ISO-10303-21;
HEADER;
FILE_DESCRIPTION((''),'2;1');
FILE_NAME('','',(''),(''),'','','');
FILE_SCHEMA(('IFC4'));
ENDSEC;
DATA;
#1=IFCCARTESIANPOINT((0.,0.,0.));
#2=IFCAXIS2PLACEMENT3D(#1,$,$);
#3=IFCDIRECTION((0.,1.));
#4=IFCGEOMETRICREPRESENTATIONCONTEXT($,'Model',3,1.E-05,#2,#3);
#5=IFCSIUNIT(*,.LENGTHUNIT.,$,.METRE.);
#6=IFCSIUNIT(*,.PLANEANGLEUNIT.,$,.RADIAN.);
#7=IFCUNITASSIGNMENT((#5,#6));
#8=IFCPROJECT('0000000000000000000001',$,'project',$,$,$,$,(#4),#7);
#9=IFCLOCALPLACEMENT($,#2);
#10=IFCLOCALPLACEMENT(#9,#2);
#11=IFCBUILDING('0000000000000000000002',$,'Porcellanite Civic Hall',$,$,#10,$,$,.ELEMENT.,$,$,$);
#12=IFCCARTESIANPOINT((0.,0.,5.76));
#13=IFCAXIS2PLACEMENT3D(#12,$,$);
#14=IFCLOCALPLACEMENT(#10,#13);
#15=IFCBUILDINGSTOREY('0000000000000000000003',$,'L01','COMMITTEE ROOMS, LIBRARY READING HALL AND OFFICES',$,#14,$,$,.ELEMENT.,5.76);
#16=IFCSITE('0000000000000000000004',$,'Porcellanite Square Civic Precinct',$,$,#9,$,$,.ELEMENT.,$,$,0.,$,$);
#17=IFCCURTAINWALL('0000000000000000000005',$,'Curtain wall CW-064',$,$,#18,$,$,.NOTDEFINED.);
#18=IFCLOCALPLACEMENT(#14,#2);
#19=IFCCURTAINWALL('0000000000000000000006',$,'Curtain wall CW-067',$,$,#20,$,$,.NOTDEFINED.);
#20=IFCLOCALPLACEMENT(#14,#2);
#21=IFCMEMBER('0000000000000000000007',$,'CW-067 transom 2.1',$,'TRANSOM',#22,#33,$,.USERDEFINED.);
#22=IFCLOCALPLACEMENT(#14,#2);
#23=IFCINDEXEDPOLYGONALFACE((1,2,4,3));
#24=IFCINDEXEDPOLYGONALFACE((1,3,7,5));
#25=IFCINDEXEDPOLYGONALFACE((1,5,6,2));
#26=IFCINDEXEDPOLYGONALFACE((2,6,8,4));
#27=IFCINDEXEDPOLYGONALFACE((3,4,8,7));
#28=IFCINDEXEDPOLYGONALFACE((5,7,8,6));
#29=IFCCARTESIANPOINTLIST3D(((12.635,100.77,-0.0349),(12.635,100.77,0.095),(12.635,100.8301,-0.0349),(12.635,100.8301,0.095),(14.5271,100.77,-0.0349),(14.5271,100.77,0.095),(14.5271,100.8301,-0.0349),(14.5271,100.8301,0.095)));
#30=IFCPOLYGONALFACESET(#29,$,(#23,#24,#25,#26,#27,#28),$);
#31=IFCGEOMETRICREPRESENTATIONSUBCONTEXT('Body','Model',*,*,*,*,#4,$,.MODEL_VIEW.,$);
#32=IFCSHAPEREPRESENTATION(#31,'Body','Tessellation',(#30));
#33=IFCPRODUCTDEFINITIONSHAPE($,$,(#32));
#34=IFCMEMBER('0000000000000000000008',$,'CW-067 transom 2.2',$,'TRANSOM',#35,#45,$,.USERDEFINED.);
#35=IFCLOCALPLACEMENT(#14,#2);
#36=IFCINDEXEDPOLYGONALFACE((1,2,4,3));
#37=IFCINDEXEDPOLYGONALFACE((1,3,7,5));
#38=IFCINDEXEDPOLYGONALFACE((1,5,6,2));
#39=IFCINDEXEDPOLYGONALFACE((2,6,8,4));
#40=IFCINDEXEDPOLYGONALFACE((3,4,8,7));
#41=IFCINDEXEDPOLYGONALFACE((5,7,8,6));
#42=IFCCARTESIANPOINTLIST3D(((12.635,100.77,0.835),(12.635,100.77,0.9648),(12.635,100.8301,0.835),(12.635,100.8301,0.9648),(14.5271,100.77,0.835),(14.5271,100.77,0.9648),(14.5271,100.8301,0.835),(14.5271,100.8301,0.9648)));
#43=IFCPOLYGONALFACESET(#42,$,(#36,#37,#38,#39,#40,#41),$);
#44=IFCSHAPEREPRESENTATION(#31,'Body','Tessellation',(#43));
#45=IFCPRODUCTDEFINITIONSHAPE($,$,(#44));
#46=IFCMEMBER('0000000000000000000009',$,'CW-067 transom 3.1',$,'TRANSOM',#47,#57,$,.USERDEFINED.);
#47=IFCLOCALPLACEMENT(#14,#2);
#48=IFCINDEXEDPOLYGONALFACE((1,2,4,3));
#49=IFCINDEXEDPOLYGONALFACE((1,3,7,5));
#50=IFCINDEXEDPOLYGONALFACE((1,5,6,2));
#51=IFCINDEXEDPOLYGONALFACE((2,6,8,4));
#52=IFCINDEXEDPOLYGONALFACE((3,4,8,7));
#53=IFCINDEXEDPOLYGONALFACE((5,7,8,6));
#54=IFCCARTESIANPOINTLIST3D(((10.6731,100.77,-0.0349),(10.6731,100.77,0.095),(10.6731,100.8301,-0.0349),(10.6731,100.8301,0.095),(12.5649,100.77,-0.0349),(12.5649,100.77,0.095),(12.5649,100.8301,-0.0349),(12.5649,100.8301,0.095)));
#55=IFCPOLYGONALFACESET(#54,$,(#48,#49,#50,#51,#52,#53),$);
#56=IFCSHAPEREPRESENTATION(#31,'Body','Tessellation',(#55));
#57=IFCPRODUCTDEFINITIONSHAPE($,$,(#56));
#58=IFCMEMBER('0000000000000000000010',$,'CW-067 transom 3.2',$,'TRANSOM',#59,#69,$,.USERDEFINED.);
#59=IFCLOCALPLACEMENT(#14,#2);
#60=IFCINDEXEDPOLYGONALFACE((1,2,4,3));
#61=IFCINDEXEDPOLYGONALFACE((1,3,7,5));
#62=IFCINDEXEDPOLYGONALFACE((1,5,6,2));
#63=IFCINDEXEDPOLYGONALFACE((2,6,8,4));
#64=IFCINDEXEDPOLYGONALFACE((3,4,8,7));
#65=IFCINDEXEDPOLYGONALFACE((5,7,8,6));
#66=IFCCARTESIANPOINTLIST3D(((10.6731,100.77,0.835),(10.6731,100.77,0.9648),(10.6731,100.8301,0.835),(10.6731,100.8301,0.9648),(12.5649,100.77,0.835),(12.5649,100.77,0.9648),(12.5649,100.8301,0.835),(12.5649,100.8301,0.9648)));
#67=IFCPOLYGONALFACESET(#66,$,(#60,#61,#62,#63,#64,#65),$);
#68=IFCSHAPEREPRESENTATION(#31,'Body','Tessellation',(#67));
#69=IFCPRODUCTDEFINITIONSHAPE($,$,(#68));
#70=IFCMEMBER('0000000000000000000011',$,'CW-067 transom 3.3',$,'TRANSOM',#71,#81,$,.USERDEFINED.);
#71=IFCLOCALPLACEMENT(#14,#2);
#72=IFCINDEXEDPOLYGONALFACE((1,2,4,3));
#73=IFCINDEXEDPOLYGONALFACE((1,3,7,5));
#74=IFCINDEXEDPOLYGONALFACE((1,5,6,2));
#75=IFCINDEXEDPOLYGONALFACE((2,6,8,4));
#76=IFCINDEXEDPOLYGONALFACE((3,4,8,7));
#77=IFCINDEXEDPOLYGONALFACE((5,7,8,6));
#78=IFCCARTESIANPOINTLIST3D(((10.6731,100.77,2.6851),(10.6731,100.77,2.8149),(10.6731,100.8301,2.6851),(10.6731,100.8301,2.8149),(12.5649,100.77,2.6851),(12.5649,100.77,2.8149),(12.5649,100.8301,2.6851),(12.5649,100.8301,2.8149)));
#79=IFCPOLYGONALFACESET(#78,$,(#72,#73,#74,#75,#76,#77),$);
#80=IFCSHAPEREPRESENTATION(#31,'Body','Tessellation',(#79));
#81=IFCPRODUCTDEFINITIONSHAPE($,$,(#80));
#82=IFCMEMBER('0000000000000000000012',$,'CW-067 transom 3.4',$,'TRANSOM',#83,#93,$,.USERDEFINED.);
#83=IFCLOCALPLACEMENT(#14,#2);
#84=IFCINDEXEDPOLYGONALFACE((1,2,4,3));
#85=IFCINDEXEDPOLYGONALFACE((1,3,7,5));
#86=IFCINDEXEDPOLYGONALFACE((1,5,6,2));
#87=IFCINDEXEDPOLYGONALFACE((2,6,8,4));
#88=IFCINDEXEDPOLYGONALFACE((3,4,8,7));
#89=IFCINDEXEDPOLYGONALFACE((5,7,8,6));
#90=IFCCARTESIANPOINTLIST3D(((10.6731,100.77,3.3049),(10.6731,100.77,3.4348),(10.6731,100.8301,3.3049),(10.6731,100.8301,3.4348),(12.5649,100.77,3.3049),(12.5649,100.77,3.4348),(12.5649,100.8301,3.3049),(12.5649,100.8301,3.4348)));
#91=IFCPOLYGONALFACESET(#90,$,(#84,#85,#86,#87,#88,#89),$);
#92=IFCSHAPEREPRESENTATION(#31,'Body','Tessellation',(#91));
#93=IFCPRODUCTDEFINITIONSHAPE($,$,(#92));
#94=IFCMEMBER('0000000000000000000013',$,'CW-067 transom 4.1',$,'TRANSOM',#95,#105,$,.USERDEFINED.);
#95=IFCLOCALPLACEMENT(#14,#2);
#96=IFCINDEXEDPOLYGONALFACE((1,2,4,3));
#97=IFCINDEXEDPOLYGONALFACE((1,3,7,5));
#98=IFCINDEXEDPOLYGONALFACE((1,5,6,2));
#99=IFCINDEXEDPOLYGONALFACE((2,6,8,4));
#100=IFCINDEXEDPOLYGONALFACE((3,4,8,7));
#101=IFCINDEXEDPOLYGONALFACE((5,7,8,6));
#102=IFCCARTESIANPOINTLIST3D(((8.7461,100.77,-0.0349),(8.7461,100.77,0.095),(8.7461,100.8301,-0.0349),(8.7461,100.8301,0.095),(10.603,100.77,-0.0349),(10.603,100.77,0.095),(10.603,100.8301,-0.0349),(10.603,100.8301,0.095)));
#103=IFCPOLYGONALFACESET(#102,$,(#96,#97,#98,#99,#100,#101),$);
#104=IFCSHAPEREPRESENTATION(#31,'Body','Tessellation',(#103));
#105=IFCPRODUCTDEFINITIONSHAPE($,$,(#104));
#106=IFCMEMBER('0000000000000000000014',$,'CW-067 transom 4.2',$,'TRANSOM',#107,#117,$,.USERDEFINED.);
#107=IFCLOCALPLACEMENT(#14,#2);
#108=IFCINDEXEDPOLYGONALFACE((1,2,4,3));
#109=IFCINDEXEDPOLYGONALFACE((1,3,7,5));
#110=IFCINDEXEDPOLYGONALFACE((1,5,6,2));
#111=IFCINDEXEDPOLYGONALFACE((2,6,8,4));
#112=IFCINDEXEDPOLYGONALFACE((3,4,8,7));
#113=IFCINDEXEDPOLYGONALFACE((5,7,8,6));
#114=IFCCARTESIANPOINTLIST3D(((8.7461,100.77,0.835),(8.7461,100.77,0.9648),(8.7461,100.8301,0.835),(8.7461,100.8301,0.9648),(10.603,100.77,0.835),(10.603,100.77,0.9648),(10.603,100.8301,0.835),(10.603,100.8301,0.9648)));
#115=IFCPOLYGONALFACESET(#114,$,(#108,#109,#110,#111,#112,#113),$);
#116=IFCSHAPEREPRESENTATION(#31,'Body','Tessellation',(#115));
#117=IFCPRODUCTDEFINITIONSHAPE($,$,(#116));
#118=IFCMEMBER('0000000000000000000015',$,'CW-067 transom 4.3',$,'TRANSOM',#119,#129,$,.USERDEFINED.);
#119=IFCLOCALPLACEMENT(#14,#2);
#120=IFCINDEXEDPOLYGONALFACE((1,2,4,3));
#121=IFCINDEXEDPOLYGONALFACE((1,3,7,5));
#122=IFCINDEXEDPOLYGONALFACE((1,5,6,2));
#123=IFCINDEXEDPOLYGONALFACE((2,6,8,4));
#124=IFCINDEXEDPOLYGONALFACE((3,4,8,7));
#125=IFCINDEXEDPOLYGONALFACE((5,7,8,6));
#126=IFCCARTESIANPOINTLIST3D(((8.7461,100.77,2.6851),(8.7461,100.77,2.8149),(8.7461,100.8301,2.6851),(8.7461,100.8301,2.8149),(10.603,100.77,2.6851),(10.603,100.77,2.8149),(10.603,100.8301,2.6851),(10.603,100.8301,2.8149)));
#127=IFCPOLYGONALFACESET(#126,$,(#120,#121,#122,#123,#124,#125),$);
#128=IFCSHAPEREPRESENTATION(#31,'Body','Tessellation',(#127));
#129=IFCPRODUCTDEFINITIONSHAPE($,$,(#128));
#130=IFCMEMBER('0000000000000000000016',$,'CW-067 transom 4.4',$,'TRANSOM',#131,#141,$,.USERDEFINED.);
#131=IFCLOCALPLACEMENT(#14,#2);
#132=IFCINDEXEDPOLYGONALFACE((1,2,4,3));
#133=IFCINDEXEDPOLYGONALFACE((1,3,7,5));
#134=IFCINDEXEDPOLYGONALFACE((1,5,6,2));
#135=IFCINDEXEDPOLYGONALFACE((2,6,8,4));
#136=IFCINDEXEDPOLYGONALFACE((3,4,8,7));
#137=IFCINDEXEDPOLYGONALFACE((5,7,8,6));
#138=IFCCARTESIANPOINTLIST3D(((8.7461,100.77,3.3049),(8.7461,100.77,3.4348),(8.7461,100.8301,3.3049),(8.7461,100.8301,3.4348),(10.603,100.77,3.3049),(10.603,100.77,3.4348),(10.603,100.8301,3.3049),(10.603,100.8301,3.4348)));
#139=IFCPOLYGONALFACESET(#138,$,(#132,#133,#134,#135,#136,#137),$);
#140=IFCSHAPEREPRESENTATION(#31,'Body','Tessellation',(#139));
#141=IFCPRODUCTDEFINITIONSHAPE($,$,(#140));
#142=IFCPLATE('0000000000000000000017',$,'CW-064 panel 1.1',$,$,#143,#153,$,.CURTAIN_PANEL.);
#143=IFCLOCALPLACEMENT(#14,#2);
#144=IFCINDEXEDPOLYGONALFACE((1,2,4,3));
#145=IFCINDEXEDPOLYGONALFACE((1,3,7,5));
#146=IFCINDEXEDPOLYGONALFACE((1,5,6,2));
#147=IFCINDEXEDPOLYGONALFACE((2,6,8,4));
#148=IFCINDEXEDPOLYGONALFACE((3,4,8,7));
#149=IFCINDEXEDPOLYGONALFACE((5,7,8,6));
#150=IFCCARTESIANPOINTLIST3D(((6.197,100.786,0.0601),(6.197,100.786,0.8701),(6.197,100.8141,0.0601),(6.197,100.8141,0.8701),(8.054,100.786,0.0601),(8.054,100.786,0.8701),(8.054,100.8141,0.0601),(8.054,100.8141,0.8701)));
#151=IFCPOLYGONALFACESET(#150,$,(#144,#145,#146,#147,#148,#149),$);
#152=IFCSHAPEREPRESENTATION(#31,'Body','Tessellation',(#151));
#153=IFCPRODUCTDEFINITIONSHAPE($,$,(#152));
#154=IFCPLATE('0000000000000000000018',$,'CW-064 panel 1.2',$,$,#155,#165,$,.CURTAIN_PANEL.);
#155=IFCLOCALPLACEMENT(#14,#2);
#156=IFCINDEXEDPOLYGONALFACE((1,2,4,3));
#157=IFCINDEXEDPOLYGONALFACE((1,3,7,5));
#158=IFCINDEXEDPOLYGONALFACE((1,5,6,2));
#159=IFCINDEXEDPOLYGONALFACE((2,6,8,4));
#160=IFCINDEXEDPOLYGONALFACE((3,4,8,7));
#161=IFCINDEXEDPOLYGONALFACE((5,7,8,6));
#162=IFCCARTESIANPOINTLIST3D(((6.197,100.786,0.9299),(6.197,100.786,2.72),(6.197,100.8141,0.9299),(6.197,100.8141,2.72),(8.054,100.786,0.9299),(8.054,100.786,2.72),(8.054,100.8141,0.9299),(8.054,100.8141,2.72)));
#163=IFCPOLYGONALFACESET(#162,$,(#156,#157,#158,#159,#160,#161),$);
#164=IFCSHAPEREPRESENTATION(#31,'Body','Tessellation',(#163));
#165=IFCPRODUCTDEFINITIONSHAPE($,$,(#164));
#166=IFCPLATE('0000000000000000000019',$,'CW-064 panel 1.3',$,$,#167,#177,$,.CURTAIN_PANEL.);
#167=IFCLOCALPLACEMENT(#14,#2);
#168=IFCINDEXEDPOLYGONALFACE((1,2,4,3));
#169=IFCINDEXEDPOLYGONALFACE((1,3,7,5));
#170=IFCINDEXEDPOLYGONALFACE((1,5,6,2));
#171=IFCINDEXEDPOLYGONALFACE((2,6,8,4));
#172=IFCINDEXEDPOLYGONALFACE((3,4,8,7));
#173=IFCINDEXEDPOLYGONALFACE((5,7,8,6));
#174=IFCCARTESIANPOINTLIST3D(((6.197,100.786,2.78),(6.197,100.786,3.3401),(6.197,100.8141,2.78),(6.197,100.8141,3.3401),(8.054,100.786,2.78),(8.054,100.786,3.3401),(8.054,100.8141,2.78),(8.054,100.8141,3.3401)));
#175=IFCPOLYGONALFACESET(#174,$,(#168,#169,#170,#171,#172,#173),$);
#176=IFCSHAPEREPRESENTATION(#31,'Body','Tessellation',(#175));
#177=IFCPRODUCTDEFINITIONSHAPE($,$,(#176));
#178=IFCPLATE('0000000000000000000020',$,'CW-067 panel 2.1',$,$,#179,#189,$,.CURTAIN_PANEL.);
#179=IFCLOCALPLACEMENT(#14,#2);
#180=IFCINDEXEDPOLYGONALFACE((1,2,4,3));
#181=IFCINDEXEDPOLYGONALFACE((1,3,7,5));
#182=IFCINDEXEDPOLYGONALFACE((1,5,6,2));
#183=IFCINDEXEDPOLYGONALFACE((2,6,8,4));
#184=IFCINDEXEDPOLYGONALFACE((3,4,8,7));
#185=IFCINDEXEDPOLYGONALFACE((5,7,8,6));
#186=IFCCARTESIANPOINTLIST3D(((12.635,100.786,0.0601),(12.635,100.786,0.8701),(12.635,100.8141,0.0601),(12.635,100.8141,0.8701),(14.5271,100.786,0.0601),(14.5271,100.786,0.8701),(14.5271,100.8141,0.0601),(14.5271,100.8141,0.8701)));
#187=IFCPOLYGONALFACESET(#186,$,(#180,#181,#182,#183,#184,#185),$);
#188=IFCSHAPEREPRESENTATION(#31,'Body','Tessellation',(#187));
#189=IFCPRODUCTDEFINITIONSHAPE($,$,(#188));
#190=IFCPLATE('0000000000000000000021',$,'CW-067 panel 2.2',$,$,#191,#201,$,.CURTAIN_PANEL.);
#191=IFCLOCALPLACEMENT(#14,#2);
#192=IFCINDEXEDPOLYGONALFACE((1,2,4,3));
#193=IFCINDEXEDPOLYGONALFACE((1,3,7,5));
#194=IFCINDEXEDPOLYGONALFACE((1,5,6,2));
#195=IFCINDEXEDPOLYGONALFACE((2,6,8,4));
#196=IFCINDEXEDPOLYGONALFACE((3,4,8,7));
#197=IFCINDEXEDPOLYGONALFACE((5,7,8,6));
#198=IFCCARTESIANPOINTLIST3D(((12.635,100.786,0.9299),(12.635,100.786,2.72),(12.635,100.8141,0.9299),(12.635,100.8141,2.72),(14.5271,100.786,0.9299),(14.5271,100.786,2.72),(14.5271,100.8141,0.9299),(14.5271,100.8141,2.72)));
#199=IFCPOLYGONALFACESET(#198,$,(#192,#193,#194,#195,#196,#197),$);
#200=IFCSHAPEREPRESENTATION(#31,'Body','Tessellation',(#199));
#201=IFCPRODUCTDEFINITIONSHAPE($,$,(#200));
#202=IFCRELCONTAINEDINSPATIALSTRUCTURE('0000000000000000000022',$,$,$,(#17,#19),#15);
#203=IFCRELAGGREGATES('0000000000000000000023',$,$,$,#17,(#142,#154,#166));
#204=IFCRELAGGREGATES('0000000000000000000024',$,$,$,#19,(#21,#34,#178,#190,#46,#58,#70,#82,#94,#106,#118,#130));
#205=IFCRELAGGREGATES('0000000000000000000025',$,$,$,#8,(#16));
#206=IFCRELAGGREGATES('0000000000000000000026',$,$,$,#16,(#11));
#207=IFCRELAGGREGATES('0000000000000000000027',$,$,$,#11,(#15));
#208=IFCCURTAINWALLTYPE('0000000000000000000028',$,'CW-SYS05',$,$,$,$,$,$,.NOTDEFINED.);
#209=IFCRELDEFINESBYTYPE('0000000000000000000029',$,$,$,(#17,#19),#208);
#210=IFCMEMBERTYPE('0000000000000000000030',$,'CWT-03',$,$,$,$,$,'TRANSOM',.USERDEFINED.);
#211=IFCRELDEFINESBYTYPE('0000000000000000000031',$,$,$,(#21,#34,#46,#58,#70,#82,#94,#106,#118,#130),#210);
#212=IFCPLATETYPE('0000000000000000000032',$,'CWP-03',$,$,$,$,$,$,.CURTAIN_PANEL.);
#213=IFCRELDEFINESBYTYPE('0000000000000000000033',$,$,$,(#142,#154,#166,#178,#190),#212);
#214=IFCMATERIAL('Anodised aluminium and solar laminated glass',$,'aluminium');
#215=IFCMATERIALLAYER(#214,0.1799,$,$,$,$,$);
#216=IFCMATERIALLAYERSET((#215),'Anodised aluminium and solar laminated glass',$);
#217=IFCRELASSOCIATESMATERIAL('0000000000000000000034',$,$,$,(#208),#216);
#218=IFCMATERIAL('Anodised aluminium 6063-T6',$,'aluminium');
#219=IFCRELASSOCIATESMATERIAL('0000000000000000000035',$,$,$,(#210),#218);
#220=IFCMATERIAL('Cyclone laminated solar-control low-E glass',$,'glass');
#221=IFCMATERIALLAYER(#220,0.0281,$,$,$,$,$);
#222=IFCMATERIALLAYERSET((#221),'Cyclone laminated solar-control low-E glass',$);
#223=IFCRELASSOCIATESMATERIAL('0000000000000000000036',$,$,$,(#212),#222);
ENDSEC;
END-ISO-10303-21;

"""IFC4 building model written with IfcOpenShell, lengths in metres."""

from ifc_helpers import new_model, si_unit, direction, frame, origin, origin_2d, place, context, subcontext, project, spatial, rectangle, extrude, material, layer, layer_set, material_profile, profile_set, type_object, element, aggregate, save


model = new_model("IFC4")

# Units and contexts
model_context = context("Model", 3, precision=1e-05, world=origin(), true_north=direction((0.0, 1.0)))
body_context = subcontext(model_context, "Body", "Model", "MODEL_VIEW")
ifc_project = project(units=[si_unit("LENGTHUNIT", "METRE"), si_unit("PLANEANGLEUNIT", "RADIAN")], contexts=[model_context])

# Site, building, storey
site_placement = place(None, origin())
site = spatial("IfcSite", under=ifc_project, at=site_placement, Name="Porcellanite Square Civic Precinct", CompositionType="ELEMENT", RefElevation=0.0)
building_placement = place(site_placement, origin())
building = spatial("IfcBuilding", under=site, at=building_placement, Name="Porcellanite Civic Hall", CompositionType="ELEMENT")
storey_placement = place(building_placement, frame((0.0, 0.0, 5.76)))
storey = spatial("IfcBuildingStorey", under=building, at=storey_placement, Name="L01", Description="COMMITTEE ROOMS, LIBRARY READING HALL AND OFFICES", CompositionType="ELEMENT", Elevation=5.76)

# Curtain walls
ifc_material_1 = material(Name="Anodised aluminium and solar laminated glass", Category="aluminium")
ifc_layer_1 = layer(ifc_material_1, 0.1799)
ifc_layer_set_1 = layer_set([ifc_layer_1], Name="Anodised aluminium and solar laminated glass")
curtain_wall_type = type_object("IfcCurtainWallType", Name="CW-SYS05", PredefinedType="NOTDEFINED", material=ifc_layer_set_1)
curtain_wall_1_placement = place(storey_placement, origin())
curtain_wall_1 = element("IfcCurtainWall", 1, at=curtain_wall_1_placement, inside=storey, type_object=curtain_wall_type, Name="Curtain wall CW-064", PredefinedType="NOTDEFINED")
curtain_wall_2_placement = place(storey_placement, origin())
curtain_wall_2 = element("IfcCurtainWall", 2, at=curtain_wall_2_placement, inside=storey, type_object=curtain_wall_type, Name="Curtain wall CW-067", PredefinedType="NOTDEFINED")

# Members
ifc_material_2 = material(Name="Anodised aluminium 6063-T6", Category="aluminium")
ifc_material_profile_1 = material_profile(ifc_material_2, rectangle(XDim=0.0601, YDim=0.1299, at=origin_2d()), Name="AL-60x130")
ifc_profile_set_1 = profile_set([ifc_material_profile_1], Name="Anodised aluminium 6063-T6")
member_type_1 = type_object("IfcMemberType", Name="CWT-03", ElementType="TRANSOM", PredefinedType="USERDEFINED", material=ifc_profile_set_1)
member_1_placement = place(storey_placement, frame((14.5271, 100.8, 0.03), z_axis=(-1.0, 0.0, 0.0), x_axis=(0.0, -1.0, 0.0)))
member_1 = element("IfcMember", 3, at=member_1_placement, type_object=member_type_1, Name="CW-067 transom 2.1", ObjectType="TRANSOM", PredefinedType="USERDEFINED", context=body_context, shape_type="SweptSolid", body=[
    extrude(rectangle(XDim=0.0601, YDim=0.1299, at=origin_2d()), origin(), (0.0, 0.0, 1.0), 1.8921),
])
member_2_placement = place(storey_placement, frame((14.5271, 100.8, 0.8999), z_axis=(-1.0, 0.0, 0.0), x_axis=(0.0, -1.0, 0.0)))
member_2 = element("IfcMember", 4, at=member_2_placement, type_object=member_type_1, Name="CW-067 transom 2.2", ObjectType="TRANSOM", PredefinedType="USERDEFINED", context=body_context, shape_type="SweptSolid", body=[
    extrude(rectangle(XDim=0.0601, YDim=0.1299, at=origin_2d()), origin(), (0.0, 0.0, 1.0), 1.8921),
])
member_3_placement = place(storey_placement, frame((12.5649, 100.8, 0.03), z_axis=(-1.0, 0.0, 0.0), x_axis=(0.0, -1.0, 0.0)))
member_3 = element("IfcMember", 5, at=member_3_placement, type_object=member_type_1, Name="CW-067 transom 3.1", ObjectType="TRANSOM", PredefinedType="USERDEFINED", context=body_context, shape_type="SweptSolid", body=[
    extrude(rectangle(XDim=0.0601, YDim=0.1299, at=origin_2d()), origin(), (0.0, 0.0, 1.0), 1.8918),
])
member_4_placement = place(storey_placement, frame((12.5649, 100.8, 0.8999), z_axis=(-1.0, 0.0, 0.0), x_axis=(0.0, -1.0, 0.0)))
member_4 = element("IfcMember", 6, at=member_4_placement, type_object=member_type_1, Name="CW-067 transom 3.2", ObjectType="TRANSOM", PredefinedType="USERDEFINED", context=body_context, shape_type="SweptSolid", body=[
    extrude(rectangle(XDim=0.0601, YDim=0.1299, at=origin_2d()), origin(), (0.0, 0.0, 1.0), 1.8918),
])
member_5_placement = place(storey_placement, frame((12.5649, 100.8, 2.75), z_axis=(-1.0, 0.0, 0.0), x_axis=(0.0, -1.0, 0.0)))
member_5 = element("IfcMember", 7, at=member_5_placement, type_object=member_type_1, Name="CW-067 transom 3.3", ObjectType="TRANSOM", PredefinedType="USERDEFINED", context=body_context, shape_type="SweptSolid", body=[
    extrude(rectangle(XDim=0.0601, YDim=0.1299, at=origin_2d()), origin(), (0.0, 0.0, 1.0), 1.8918),
])
member_6_placement = place(storey_placement, frame((12.5649, 100.8, 3.3699), z_axis=(-1.0, 0.0, 0.0), x_axis=(0.0, -1.0, 0.0)))
member_6 = element("IfcMember", 8, at=member_6_placement, type_object=member_type_1, Name="CW-067 transom 3.4", ObjectType="TRANSOM", PredefinedType="USERDEFINED", context=body_context, shape_type="SweptSolid", body=[
    extrude(rectangle(XDim=0.0601, YDim=0.1299, at=origin_2d()), origin(), (0.0, 0.0, 1.0), 1.8918),
])
member_7_placement = place(storey_placement, frame((10.603, 100.8, 0.03), z_axis=(-1.0, 0.0, 0.0), x_axis=(0.0, -1.0, 0.0)))
member_7 = element("IfcMember", 9, at=member_7_placement, type_object=member_type_1, Name="CW-067 transom 4.1", ObjectType="TRANSOM", PredefinedType="USERDEFINED", context=body_context, shape_type="SweptSolid", body=[
    extrude(rectangle(XDim=0.0601, YDim=0.1299, at=origin_2d()), origin(), (0.0, 0.0, 1.0), 1.8569),
])
member_8_placement = place(storey_placement, frame((10.603, 100.8, 0.8999), z_axis=(-1.0, 0.0, 0.0), x_axis=(0.0, -1.0, 0.0)))
member_8 = element("IfcMember", 10, at=member_8_placement, type_object=member_type_1, Name="CW-067 transom 4.2", ObjectType="TRANSOM", PredefinedType="USERDEFINED", context=body_context, shape_type="SweptSolid", body=[
    extrude(rectangle(XDim=0.0601, YDim=0.1299, at=origin_2d()), origin(), (0.0, 0.0, 1.0), 1.8569),
])
member_9_placement = place(storey_placement, frame((10.603, 100.8, 2.75), z_axis=(-1.0, 0.0, 0.0), x_axis=(0.0, -1.0, 0.0)))
member_9 = element("IfcMember", 11, at=member_9_placement, type_object=member_type_1, Name="CW-067 transom 4.3", ObjectType="TRANSOM", PredefinedType="USERDEFINED", context=body_context, shape_type="SweptSolid", body=[
    extrude(rectangle(XDim=0.0601, YDim=0.1299, at=origin_2d()), origin(), (0.0, 0.0, 1.0), 1.8569),
])
member_10_placement = place(storey_placement, frame((10.603, 100.8, 3.3699), z_axis=(-1.0, 0.0, 0.0), x_axis=(0.0, -1.0, 0.0)))
member_10 = element("IfcMember", 12, at=member_10_placement, type_object=member_type_1, Name="CW-067 transom 4.4", ObjectType="TRANSOM", PredefinedType="USERDEFINED", context=body_context, shape_type="SweptSolid", body=[
    extrude(rectangle(XDim=0.0601, YDim=0.1299, at=origin_2d()), origin(), (0.0, 0.0, 1.0), 1.8569),
])

# Plates
ifc_material_3 = material(Name="Cyclone laminated solar-control low-E glass", Category="glass")
ifc_layer_2 = layer(ifc_material_3, 0.0281)
ifc_layer_set_2 = layer_set([ifc_layer_2], Name="Cyclone laminated solar-control low-E glass")
plate_type = type_object("IfcPlateType", Name="CWP-03", PredefinedType="CURTAIN_PANEL", material=ifc_layer_set_2)
plate_1_placement = place(storey_placement, frame((7.1255, 100.8, 0.0601), z_axis=(0.0, 0.0, 1.0), x_axis=(-1.0, 0.0, 0.0)))
plate_1 = element("IfcPlate", 13, at=plate_1_placement, type_object=plate_type, Name="CW-064 panel 1.1", PredefinedType="CURTAIN_PANEL", context=body_context, shape_type="SweptSolid", body=[
    extrude(rectangle(XDim=1.8569, YDim=0.0281, at=origin_2d()), origin(), (0.0, 0.0, 1.0), 0.8101),
])
plate_2_placement = place(storey_placement, frame((7.1255, 100.8, 0.9299), z_axis=(0.0, 0.0, 1.0), x_axis=(-1.0, 0.0, 0.0)))
plate_2 = element("IfcPlate", 14, at=plate_2_placement, type_object=plate_type, Name="CW-064 panel 1.2", PredefinedType="CURTAIN_PANEL", context=body_context, shape_type="SweptSolid", body=[
    extrude(rectangle(XDim=1.8569, YDim=0.0281, at=origin_2d()), origin(), (0.0, 0.0, 1.0), 1.79),
])
plate_3_placement = place(storey_placement, frame((7.1255, 100.8, 2.78), z_axis=(0.0, 0.0, 1.0), x_axis=(-1.0, 0.0, 0.0)))
plate_3 = element("IfcPlate", 15, at=plate_3_placement, type_object=plate_type, Name="CW-064 panel 1.3", PredefinedType="CURTAIN_PANEL", context=body_context, shape_type="SweptSolid", body=[
    extrude(rectangle(XDim=1.8569, YDim=0.0281, at=origin_2d()), origin(), (0.0, 0.0, 1.0), 0.5601),
])
aggregate(curtain_wall_1, [plate_1, plate_2, plate_3])
plate_4_placement = place(storey_placement, frame((13.5811, 100.8, 0.0601), z_axis=(0.0, 0.0, 1.0), x_axis=(-1.0, 0.0, 0.0)))
plate_4 = element("IfcPlate", 16, at=plate_4_placement, type_object=plate_type, Name="CW-067 panel 2.1", PredefinedType="CURTAIN_PANEL", context=body_context, shape_type="SweptSolid", body=[
    extrude(rectangle(XDim=1.8921, YDim=0.0281, at=origin_2d()), origin(), (0.0, 0.0, 1.0), 0.8101),
])
plate_5_placement = place(storey_placement, frame((13.5811, 100.8, 0.9299), z_axis=(0.0, 0.0, 1.0), x_axis=(-1.0, 0.0, 0.0)))
plate_5 = element("IfcPlate", 17, at=plate_5_placement, type_object=plate_type, Name="CW-067 panel 2.2", PredefinedType="CURTAIN_PANEL", context=body_context, shape_type="SweptSolid", body=[
    extrude(rectangle(XDim=1.8921, YDim=0.0281, at=origin_2d()), origin(), (0.0, 0.0, 1.0), 1.79),
])
aggregate(curtain_wall_2, [member_1, member_2, plate_4, plate_5, member_3, member_4, member_5, member_6, member_7, member_8, member_9, member_10])

save(model, "model.ifc")
